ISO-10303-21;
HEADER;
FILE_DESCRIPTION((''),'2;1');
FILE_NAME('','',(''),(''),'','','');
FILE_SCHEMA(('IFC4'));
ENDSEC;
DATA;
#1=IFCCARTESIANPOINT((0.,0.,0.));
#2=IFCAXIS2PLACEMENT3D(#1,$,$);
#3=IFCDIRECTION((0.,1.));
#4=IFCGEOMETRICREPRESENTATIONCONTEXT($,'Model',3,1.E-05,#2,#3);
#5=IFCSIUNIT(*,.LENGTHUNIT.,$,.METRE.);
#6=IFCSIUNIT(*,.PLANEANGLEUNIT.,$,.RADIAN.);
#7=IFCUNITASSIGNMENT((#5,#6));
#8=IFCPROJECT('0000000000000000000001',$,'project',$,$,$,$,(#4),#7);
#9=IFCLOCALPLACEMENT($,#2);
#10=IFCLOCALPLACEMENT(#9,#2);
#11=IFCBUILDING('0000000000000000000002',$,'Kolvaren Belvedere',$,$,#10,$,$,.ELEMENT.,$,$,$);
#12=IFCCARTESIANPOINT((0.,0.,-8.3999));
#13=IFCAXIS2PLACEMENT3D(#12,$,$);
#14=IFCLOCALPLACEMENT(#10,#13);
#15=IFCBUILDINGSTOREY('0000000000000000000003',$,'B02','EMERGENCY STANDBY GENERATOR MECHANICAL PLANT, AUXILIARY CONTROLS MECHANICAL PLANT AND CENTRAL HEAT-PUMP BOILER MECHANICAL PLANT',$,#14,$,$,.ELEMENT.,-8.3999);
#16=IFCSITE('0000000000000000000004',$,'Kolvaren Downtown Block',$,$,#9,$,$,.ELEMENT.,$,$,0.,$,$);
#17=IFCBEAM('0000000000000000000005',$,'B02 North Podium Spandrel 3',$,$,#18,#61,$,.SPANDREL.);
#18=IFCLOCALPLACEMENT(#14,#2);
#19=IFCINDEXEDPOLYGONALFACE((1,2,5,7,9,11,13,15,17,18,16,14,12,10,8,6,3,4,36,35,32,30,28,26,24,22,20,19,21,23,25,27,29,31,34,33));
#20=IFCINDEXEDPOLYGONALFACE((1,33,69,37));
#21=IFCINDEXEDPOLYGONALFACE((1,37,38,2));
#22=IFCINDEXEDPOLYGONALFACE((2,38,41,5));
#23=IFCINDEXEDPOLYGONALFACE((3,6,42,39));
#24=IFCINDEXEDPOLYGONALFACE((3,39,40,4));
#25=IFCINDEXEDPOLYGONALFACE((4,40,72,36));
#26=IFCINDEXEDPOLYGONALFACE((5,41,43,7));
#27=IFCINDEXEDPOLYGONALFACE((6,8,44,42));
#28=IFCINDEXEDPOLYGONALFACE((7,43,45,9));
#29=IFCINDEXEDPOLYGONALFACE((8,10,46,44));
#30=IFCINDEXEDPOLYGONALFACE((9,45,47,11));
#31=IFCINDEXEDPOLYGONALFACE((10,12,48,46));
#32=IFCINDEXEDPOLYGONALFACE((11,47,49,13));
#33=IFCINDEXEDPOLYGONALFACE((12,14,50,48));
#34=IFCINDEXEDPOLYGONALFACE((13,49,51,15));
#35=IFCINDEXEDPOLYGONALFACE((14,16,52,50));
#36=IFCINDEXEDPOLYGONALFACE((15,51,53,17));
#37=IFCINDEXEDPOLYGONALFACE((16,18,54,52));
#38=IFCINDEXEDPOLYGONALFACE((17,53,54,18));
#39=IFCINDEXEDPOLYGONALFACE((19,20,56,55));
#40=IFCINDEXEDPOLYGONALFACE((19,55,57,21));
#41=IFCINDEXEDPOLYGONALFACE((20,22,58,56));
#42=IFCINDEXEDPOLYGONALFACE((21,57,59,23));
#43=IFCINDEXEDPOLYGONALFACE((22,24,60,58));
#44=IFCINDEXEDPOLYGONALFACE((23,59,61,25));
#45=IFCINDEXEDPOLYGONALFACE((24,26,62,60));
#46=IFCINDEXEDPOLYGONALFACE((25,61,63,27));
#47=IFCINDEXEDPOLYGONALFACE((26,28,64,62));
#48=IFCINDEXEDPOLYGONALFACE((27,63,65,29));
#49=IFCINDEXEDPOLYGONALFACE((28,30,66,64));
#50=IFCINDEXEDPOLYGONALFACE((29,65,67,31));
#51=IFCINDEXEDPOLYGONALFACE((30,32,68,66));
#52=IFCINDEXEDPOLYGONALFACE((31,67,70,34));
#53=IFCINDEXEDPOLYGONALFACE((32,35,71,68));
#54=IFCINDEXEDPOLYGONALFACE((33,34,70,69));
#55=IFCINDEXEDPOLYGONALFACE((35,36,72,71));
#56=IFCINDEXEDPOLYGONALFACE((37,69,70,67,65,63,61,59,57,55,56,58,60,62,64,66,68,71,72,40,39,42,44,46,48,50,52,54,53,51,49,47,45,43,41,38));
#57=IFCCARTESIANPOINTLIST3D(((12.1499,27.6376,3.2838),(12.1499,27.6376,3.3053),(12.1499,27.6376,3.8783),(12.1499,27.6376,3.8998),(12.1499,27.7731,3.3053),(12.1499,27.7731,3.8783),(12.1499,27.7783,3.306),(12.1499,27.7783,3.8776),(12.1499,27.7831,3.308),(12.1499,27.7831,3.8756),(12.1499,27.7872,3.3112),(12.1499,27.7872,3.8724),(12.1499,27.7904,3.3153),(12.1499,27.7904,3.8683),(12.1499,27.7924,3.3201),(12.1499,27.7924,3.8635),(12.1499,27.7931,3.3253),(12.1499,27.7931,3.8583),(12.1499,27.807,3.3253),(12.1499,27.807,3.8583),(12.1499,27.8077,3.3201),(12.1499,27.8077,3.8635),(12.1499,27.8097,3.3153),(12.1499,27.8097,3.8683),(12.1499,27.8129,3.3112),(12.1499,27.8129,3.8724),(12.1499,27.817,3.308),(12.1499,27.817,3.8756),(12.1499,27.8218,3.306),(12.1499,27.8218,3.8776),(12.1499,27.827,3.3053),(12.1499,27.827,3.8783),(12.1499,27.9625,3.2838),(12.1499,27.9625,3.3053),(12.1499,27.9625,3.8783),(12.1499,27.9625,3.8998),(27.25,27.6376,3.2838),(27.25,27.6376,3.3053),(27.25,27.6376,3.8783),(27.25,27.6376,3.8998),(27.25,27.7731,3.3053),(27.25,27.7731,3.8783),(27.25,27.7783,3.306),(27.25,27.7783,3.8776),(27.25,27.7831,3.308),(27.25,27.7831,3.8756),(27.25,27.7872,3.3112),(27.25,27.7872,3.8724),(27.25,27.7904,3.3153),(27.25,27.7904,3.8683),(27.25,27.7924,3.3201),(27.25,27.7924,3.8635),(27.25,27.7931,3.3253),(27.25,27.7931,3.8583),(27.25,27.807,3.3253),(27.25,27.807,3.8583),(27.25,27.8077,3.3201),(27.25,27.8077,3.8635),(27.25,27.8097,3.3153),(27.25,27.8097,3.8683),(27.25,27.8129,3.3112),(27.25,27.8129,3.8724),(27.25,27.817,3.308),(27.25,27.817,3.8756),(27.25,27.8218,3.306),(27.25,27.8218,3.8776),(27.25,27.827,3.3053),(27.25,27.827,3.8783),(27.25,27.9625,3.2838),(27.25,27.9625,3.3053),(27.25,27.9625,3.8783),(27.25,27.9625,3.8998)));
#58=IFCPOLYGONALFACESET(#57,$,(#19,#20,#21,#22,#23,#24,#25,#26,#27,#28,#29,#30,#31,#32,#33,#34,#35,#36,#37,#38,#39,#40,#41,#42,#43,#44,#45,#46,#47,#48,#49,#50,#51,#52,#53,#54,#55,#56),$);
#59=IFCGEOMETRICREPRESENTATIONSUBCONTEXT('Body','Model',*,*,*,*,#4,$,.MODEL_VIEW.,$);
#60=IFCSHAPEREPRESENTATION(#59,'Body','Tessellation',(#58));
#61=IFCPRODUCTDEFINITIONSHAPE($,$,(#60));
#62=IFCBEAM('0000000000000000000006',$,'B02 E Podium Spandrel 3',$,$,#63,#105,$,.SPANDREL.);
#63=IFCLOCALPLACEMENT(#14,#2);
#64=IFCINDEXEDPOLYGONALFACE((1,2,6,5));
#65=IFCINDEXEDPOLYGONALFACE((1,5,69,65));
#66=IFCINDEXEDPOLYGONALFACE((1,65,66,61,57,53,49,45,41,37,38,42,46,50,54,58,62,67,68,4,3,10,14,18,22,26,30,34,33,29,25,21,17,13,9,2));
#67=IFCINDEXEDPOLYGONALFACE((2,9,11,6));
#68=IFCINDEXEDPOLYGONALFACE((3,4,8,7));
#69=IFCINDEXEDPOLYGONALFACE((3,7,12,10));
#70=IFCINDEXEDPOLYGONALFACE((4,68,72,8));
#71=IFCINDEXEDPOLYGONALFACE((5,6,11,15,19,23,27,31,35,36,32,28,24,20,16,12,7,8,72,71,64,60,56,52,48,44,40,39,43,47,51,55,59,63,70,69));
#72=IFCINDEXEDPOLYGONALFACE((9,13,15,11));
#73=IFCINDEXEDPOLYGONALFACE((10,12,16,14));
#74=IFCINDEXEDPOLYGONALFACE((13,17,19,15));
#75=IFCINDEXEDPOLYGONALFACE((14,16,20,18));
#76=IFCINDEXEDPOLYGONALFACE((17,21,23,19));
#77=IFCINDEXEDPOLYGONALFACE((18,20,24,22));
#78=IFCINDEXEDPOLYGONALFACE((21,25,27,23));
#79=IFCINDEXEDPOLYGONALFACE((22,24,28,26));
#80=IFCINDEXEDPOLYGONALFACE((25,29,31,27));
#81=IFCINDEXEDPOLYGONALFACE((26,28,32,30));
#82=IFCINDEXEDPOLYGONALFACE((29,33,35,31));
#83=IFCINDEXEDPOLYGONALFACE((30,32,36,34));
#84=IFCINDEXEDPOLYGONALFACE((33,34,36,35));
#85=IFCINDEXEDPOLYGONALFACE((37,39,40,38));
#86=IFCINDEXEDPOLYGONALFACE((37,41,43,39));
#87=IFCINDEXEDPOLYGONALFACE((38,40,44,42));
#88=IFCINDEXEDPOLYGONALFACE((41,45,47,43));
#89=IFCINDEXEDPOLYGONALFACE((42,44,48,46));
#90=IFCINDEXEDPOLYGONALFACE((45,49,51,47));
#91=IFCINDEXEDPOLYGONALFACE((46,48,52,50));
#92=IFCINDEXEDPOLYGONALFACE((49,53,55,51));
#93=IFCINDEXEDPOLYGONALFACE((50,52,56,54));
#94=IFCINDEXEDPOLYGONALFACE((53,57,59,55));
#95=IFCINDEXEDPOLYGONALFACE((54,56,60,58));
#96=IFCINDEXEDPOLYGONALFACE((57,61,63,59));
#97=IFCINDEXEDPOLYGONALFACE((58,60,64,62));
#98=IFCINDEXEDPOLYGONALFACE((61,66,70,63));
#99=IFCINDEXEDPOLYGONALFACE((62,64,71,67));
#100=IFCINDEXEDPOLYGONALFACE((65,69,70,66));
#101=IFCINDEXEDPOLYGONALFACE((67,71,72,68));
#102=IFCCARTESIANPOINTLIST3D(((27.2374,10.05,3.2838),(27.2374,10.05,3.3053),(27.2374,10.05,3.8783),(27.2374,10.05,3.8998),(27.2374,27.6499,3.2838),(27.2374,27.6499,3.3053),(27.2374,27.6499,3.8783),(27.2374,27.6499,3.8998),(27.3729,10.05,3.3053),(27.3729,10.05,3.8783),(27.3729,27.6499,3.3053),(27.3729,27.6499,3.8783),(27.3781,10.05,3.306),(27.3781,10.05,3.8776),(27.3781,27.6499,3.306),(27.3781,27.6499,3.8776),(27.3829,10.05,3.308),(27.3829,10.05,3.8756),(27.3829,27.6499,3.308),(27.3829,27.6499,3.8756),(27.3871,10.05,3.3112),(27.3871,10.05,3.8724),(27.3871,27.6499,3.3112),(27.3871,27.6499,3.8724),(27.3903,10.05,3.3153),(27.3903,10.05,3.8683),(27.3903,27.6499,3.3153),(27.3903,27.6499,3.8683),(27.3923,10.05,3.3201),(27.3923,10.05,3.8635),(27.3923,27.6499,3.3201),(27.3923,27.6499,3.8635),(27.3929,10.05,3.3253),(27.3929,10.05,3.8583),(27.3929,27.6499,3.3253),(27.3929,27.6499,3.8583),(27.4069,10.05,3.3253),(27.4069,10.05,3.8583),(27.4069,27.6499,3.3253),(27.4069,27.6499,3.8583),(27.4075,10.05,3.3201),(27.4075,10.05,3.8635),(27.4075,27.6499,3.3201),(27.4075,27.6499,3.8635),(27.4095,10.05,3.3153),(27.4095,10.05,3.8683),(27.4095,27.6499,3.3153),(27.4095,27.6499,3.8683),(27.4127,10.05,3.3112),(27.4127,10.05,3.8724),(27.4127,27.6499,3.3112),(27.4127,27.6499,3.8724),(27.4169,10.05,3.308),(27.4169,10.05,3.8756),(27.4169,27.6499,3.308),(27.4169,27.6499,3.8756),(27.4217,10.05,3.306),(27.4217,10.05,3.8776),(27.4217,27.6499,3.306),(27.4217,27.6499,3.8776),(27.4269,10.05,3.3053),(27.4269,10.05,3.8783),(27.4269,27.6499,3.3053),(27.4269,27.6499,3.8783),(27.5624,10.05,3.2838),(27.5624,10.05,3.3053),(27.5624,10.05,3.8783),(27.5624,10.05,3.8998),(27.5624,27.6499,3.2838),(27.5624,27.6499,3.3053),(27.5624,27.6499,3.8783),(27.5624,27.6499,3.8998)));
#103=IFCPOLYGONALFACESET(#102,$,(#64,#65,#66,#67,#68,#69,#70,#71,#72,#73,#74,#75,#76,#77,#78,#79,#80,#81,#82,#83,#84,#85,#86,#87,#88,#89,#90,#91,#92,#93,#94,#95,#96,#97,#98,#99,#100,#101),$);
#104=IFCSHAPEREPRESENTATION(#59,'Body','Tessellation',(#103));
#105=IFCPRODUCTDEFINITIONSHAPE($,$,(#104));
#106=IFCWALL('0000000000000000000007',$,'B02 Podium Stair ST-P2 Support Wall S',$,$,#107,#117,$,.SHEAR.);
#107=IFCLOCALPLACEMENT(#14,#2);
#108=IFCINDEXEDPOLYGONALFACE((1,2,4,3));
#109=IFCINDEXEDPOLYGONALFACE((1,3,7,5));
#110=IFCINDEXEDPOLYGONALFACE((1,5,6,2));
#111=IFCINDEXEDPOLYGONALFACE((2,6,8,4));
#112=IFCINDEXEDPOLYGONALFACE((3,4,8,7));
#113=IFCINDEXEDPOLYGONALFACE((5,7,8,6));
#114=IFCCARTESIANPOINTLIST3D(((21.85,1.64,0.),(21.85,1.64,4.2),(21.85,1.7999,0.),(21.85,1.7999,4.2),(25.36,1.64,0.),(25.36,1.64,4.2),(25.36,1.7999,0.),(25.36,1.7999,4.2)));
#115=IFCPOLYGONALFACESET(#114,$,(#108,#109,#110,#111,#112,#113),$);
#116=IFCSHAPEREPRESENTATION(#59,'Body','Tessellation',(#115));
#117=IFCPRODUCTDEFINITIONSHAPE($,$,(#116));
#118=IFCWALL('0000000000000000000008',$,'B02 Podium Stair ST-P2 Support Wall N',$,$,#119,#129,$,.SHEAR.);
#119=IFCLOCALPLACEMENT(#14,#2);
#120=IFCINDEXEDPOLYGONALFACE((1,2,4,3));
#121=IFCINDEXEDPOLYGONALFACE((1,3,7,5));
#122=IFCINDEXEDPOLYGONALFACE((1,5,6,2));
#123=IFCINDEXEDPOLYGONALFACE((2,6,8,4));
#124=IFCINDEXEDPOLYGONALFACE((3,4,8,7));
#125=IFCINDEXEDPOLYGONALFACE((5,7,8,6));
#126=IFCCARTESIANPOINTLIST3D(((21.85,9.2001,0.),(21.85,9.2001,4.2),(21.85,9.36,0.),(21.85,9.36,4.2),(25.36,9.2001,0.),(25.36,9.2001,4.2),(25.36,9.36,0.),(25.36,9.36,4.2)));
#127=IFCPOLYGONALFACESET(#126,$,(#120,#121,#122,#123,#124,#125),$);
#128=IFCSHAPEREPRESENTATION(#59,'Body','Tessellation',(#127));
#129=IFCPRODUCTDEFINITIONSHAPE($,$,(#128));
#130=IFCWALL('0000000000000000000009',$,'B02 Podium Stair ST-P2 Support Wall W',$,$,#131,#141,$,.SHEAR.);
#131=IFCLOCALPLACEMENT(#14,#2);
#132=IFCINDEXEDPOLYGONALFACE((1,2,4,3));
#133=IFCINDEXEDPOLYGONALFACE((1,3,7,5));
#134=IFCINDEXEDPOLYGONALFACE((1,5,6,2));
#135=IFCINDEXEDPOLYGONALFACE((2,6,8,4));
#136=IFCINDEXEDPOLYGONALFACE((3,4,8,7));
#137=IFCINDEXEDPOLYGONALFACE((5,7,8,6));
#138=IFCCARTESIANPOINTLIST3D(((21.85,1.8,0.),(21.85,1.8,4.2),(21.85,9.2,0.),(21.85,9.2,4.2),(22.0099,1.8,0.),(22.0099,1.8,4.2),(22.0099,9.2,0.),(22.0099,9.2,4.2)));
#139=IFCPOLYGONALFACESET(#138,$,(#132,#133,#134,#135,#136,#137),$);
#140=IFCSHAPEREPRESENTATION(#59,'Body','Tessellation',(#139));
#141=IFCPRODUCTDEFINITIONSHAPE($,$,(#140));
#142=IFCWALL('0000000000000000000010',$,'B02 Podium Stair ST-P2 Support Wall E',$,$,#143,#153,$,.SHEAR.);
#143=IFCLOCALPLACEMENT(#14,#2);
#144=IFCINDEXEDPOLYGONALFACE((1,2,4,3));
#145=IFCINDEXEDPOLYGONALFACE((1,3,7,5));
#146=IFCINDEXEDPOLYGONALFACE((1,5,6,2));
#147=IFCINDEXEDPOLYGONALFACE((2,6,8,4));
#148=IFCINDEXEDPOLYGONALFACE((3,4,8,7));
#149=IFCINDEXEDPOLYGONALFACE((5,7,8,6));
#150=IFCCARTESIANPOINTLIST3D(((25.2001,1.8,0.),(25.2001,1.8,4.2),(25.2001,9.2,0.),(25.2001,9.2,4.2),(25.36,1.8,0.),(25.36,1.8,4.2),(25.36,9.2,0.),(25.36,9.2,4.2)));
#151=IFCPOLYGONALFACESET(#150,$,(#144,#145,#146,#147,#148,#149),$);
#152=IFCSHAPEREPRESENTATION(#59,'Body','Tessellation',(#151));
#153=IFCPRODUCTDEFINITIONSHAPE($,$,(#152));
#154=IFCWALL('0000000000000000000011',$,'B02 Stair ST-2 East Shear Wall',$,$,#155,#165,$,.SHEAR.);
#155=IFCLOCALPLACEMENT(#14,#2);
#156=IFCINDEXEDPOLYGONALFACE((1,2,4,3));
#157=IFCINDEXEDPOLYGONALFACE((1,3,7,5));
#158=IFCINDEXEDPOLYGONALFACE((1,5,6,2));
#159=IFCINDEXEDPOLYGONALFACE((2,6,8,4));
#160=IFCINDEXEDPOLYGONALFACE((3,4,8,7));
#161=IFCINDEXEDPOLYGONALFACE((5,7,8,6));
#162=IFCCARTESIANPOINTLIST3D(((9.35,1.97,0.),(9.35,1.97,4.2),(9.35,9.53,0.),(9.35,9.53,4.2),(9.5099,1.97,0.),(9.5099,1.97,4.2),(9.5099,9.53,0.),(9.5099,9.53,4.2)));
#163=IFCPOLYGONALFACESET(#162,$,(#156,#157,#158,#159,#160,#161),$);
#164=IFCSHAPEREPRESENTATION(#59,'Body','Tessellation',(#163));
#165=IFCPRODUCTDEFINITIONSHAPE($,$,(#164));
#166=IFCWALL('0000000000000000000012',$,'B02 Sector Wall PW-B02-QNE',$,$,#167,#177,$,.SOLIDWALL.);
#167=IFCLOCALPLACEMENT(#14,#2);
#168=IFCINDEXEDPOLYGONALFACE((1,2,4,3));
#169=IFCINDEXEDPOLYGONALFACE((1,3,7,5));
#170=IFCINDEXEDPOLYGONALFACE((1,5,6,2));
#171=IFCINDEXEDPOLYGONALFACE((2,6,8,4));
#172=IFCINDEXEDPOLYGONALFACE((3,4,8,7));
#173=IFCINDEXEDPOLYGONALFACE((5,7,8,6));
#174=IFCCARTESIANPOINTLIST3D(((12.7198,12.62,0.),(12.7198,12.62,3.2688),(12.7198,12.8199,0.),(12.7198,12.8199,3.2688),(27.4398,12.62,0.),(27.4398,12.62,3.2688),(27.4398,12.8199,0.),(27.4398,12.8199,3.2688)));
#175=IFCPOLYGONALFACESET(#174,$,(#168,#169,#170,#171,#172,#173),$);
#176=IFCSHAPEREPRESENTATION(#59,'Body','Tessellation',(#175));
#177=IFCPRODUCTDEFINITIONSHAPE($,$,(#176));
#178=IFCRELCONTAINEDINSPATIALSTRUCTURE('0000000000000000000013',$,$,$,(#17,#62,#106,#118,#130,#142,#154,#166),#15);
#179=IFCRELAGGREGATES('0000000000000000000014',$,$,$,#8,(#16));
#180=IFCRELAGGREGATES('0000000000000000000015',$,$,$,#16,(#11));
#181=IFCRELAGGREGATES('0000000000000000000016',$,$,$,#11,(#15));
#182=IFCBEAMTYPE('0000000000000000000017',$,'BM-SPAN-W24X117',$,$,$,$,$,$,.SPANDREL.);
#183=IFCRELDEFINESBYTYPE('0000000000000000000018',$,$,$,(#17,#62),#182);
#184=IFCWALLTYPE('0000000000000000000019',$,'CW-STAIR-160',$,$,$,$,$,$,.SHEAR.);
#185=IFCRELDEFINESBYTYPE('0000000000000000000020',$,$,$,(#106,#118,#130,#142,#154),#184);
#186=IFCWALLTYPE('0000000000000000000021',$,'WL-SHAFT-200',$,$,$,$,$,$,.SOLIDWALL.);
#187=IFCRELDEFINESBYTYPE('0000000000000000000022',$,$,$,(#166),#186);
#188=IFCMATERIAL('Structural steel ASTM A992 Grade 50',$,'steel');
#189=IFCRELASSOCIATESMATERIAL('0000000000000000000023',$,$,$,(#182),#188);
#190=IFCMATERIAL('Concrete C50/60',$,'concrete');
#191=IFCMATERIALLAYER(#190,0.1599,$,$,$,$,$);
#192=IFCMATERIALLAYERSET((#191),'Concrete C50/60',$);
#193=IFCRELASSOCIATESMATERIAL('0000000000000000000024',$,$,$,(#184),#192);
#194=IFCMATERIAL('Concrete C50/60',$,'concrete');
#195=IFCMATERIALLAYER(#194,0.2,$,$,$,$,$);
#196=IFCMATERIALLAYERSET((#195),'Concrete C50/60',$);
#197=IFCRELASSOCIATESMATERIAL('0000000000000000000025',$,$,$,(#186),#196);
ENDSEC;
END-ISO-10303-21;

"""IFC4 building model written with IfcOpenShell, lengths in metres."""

from ifc_helpers import new_model, si_unit, direction, frame, frame_2d, origin, origin_2d, place, context, subcontext, project, spatial, rectangle, i_section, extrude, material, layer, layer_set, material_profile, profile_set, type_object, element, save


model = new_model("IFC4")

# Units and contexts
model_context = context("Model", 3, precision=1e-05, world=origin(), true_north=direction((0.0, 1.0)))
body_context = subcontext(model_context, "Body", "Model", "MODEL_VIEW")
ifc_project = project(units=[si_unit("LENGTHUNIT", "METRE"), si_unit("PLANEANGLEUNIT", "RADIAN")], contexts=[model_context])

# Site, building, storey
site_placement = place(None, origin())
site = spatial("IfcSite", under=ifc_project, at=site_placement, Name="Kolvaren Downtown Block", CompositionType="ELEMENT", RefElevation=0.0)
building_placement = place(site_placement, origin())
building = spatial("IfcBuilding", under=site, at=building_placement, Name="Kolvaren Belvedere", CompositionType="ELEMENT")
storey_placement = place(building_placement, frame((0.0, 0.0, -8.3999)))
storey = spatial("IfcBuildingStorey", under=building, at=storey_placement, Name="B02", Description="EMERGENCY STANDBY GENERATOR MECHANICAL PLANT, AUXILIARY CONTROLS MECHANICAL PLANT AND CENTRAL HEAT-PUMP BOILER MECHANICAL PLANT", CompositionType="ELEMENT", Elevation=-8.3999)

# Beams
ifc_material_1 = material(Name="Structural steel ASTM A992 Grade 50", Category="steel")
ifc_material_profile_1 = material_profile(ifc_material_1, i_section(OverallWidth=0.325, OverallDepth=0.616, WebThickness=0.0139, FlangeThickness=0.0215, FilletRadius=0.02, at=origin_2d()), Name="W24X117")
ifc_profile_set_1 = profile_set([ifc_material_profile_1], Name="Structural steel ASTM A992 Grade 50")
beam_type_1 = type_object("IfcBeamType", Name="BM-SPAN-W24X117", PredefinedType="SPANDREL", material=ifc_profile_set_1)
beam_1_placement = place(storey_placement, frame((12.1499, 27.8, 3.5918), z_axis=(1.0, 0.0, 0.0), x_axis=(0.0, 1.0, 0.0)))
element("IfcBeam", 1, at=beam_1_placement, inside=storey, type_object=beam_type_1, Name="B02 North Podium Spandrel 3", PredefinedType="SPANDREL", context=body_context, shape_type="SweptSolid", body=[
    extrude(i_section(OverallWidth=0.325, OverallDepth=0.616, WebThickness=0.0139, FlangeThickness=0.0215, FilletRadius=0.02, at=origin_2d()), origin(), (0.0, 0.0, 1.0), 15.1001),
])
beam_2_placement = place(storey_placement, frame((27.3999, 10.05, 3.5918), z_axis=(0.0, 1.0, 0.0), x_axis=(-1.0, 0.0, 0.0)))
element("IfcBeam", 2, at=beam_2_placement, inside=storey, type_object=beam_type_1, Name="B02 E Podium Spandrel 3", PredefinedType="SPANDREL", context=body_context, shape_type="SweptSolid", body=[
    extrude(i_section(OverallWidth=0.325, OverallDepth=0.616, WebThickness=0.0139, FlangeThickness=0.0215, FilletRadius=0.02, at=origin_2d()), origin(), (0.0, 0.0, 1.0), 17.5999),
])

# Walls
ifc_material_2 = material(Name="Concrete C50/60", Category="concrete")
ifc_layer_1 = layer(ifc_material_2, 0.1599)
ifc_layer_set_1 = layer_set([ifc_layer_1], Name="Concrete C50/60")
wall_type_1 = type_object("IfcWallType", Name="CW-STAIR-160", PredefinedType="SHEAR", material=ifc_layer_set_1)
for number, where, z_axis, x_axis, name in (
    (3, (21.8501, 1.72, 0.0), (0.0, 0.0, 1.0), (1.0, 0.0, 0.0), "B02 Podium Stair ST-P2 Support Wall S"),
    (4, (21.8501, 9.28, 0.0), (0.0, 0.0, 1.0), (1.0, 0.0, 0.0), "B02 Podium Stair ST-P2 Support Wall N"),
):
    element("IfcWall", number, at=place(storey_placement, frame(where, z_axis=z_axis, x_axis=x_axis)), inside=storey, type_object=wall_type_1, Name=name, PredefinedType="SHEAR", context=body_context, shape_type="SweptSolid", body=[
        extrude(rectangle(XDim=3.51, YDim=0.1599, at=frame_2d((1.7549, 0.0))), origin(), (0.0, 0.0, 1.0), 4.2),
    ])
for number, where, z_axis, x_axis, name in (
    (5, (21.9299, 1.8, 0.0), (0.0, 0.0, 1.0), (0.0, 1.0, 0.0), "B02 Podium Stair ST-P2 Support Wall W"),
    (6, (25.28, 1.8, 0.0), (0.0, 0.0, 1.0), (0.0, 1.0, 0.0), "B02 Podium Stair ST-P2 Support Wall E"),
):
    element("IfcWall", number, at=place(storey_placement, frame(where, z_axis=z_axis, x_axis=x_axis)), inside=storey, type_object=wall_type_1, Name=name, PredefinedType="SHEAR", context=body_context, shape_type="SweptSolid", body=[
        extrude(rectangle(XDim=7.3999, YDim=0.1599, at=frame_2d((3.7, 0.0))), origin(), (0.0, 0.0, 1.0), 4.2),
    ])
wall_1_placement = place(storey_placement, frame((9.4299, 1.97, 0.0), z_axis=(0.0, 0.0, 1.0), x_axis=(0.0, 1.0, 0.0)))
element("IfcWall", 7, at=wall_1_placement, inside=storey, type_object=wall_type_1, Name="B02 Stair ST-2 East Shear Wall", PredefinedType="SHEAR", context=body_context, shape_type="SweptSolid", body=[
    extrude(rectangle(XDim=7.5601, YDim=0.1599, at=frame_2d((3.78, 0.0))), origin(), (0.0, 0.0, 1.0), 4.2),
])
ifc_material_3 = material(Name="Concrete C50/60", Category="concrete")
ifc_layer_2 = layer(ifc_material_3, 0.2)
ifc_layer_set_2 = layer_set([ifc_layer_2], Name="Concrete C50/60")
wall_type_2 = type_object("IfcWallType", Name="WL-SHAFT-200", PredefinedType="SOLIDWALL", material=ifc_layer_set_2)
wall_2_placement = place(storey_placement, frame((12.72, 12.72, 0.0), z_axis=(0.0, 0.0, 1.0), x_axis=(1.0, 0.0, 0.0)))
element("IfcWall", 8, at=wall_2_placement, inside=storey, type_object=wall_type_2, Name="B02 Sector Wall PW-B02-QNE", PredefinedType="SOLIDWALL", context=body_context, shape_type="SweptSolid", body=[
    extrude(rectangle(XDim=14.72, YDim=0.2, at=frame_2d((7.3599, 0.0))), origin(), (0.0, 0.0, 1.0), 3.2688),
])

save(model, "model.ifc")
